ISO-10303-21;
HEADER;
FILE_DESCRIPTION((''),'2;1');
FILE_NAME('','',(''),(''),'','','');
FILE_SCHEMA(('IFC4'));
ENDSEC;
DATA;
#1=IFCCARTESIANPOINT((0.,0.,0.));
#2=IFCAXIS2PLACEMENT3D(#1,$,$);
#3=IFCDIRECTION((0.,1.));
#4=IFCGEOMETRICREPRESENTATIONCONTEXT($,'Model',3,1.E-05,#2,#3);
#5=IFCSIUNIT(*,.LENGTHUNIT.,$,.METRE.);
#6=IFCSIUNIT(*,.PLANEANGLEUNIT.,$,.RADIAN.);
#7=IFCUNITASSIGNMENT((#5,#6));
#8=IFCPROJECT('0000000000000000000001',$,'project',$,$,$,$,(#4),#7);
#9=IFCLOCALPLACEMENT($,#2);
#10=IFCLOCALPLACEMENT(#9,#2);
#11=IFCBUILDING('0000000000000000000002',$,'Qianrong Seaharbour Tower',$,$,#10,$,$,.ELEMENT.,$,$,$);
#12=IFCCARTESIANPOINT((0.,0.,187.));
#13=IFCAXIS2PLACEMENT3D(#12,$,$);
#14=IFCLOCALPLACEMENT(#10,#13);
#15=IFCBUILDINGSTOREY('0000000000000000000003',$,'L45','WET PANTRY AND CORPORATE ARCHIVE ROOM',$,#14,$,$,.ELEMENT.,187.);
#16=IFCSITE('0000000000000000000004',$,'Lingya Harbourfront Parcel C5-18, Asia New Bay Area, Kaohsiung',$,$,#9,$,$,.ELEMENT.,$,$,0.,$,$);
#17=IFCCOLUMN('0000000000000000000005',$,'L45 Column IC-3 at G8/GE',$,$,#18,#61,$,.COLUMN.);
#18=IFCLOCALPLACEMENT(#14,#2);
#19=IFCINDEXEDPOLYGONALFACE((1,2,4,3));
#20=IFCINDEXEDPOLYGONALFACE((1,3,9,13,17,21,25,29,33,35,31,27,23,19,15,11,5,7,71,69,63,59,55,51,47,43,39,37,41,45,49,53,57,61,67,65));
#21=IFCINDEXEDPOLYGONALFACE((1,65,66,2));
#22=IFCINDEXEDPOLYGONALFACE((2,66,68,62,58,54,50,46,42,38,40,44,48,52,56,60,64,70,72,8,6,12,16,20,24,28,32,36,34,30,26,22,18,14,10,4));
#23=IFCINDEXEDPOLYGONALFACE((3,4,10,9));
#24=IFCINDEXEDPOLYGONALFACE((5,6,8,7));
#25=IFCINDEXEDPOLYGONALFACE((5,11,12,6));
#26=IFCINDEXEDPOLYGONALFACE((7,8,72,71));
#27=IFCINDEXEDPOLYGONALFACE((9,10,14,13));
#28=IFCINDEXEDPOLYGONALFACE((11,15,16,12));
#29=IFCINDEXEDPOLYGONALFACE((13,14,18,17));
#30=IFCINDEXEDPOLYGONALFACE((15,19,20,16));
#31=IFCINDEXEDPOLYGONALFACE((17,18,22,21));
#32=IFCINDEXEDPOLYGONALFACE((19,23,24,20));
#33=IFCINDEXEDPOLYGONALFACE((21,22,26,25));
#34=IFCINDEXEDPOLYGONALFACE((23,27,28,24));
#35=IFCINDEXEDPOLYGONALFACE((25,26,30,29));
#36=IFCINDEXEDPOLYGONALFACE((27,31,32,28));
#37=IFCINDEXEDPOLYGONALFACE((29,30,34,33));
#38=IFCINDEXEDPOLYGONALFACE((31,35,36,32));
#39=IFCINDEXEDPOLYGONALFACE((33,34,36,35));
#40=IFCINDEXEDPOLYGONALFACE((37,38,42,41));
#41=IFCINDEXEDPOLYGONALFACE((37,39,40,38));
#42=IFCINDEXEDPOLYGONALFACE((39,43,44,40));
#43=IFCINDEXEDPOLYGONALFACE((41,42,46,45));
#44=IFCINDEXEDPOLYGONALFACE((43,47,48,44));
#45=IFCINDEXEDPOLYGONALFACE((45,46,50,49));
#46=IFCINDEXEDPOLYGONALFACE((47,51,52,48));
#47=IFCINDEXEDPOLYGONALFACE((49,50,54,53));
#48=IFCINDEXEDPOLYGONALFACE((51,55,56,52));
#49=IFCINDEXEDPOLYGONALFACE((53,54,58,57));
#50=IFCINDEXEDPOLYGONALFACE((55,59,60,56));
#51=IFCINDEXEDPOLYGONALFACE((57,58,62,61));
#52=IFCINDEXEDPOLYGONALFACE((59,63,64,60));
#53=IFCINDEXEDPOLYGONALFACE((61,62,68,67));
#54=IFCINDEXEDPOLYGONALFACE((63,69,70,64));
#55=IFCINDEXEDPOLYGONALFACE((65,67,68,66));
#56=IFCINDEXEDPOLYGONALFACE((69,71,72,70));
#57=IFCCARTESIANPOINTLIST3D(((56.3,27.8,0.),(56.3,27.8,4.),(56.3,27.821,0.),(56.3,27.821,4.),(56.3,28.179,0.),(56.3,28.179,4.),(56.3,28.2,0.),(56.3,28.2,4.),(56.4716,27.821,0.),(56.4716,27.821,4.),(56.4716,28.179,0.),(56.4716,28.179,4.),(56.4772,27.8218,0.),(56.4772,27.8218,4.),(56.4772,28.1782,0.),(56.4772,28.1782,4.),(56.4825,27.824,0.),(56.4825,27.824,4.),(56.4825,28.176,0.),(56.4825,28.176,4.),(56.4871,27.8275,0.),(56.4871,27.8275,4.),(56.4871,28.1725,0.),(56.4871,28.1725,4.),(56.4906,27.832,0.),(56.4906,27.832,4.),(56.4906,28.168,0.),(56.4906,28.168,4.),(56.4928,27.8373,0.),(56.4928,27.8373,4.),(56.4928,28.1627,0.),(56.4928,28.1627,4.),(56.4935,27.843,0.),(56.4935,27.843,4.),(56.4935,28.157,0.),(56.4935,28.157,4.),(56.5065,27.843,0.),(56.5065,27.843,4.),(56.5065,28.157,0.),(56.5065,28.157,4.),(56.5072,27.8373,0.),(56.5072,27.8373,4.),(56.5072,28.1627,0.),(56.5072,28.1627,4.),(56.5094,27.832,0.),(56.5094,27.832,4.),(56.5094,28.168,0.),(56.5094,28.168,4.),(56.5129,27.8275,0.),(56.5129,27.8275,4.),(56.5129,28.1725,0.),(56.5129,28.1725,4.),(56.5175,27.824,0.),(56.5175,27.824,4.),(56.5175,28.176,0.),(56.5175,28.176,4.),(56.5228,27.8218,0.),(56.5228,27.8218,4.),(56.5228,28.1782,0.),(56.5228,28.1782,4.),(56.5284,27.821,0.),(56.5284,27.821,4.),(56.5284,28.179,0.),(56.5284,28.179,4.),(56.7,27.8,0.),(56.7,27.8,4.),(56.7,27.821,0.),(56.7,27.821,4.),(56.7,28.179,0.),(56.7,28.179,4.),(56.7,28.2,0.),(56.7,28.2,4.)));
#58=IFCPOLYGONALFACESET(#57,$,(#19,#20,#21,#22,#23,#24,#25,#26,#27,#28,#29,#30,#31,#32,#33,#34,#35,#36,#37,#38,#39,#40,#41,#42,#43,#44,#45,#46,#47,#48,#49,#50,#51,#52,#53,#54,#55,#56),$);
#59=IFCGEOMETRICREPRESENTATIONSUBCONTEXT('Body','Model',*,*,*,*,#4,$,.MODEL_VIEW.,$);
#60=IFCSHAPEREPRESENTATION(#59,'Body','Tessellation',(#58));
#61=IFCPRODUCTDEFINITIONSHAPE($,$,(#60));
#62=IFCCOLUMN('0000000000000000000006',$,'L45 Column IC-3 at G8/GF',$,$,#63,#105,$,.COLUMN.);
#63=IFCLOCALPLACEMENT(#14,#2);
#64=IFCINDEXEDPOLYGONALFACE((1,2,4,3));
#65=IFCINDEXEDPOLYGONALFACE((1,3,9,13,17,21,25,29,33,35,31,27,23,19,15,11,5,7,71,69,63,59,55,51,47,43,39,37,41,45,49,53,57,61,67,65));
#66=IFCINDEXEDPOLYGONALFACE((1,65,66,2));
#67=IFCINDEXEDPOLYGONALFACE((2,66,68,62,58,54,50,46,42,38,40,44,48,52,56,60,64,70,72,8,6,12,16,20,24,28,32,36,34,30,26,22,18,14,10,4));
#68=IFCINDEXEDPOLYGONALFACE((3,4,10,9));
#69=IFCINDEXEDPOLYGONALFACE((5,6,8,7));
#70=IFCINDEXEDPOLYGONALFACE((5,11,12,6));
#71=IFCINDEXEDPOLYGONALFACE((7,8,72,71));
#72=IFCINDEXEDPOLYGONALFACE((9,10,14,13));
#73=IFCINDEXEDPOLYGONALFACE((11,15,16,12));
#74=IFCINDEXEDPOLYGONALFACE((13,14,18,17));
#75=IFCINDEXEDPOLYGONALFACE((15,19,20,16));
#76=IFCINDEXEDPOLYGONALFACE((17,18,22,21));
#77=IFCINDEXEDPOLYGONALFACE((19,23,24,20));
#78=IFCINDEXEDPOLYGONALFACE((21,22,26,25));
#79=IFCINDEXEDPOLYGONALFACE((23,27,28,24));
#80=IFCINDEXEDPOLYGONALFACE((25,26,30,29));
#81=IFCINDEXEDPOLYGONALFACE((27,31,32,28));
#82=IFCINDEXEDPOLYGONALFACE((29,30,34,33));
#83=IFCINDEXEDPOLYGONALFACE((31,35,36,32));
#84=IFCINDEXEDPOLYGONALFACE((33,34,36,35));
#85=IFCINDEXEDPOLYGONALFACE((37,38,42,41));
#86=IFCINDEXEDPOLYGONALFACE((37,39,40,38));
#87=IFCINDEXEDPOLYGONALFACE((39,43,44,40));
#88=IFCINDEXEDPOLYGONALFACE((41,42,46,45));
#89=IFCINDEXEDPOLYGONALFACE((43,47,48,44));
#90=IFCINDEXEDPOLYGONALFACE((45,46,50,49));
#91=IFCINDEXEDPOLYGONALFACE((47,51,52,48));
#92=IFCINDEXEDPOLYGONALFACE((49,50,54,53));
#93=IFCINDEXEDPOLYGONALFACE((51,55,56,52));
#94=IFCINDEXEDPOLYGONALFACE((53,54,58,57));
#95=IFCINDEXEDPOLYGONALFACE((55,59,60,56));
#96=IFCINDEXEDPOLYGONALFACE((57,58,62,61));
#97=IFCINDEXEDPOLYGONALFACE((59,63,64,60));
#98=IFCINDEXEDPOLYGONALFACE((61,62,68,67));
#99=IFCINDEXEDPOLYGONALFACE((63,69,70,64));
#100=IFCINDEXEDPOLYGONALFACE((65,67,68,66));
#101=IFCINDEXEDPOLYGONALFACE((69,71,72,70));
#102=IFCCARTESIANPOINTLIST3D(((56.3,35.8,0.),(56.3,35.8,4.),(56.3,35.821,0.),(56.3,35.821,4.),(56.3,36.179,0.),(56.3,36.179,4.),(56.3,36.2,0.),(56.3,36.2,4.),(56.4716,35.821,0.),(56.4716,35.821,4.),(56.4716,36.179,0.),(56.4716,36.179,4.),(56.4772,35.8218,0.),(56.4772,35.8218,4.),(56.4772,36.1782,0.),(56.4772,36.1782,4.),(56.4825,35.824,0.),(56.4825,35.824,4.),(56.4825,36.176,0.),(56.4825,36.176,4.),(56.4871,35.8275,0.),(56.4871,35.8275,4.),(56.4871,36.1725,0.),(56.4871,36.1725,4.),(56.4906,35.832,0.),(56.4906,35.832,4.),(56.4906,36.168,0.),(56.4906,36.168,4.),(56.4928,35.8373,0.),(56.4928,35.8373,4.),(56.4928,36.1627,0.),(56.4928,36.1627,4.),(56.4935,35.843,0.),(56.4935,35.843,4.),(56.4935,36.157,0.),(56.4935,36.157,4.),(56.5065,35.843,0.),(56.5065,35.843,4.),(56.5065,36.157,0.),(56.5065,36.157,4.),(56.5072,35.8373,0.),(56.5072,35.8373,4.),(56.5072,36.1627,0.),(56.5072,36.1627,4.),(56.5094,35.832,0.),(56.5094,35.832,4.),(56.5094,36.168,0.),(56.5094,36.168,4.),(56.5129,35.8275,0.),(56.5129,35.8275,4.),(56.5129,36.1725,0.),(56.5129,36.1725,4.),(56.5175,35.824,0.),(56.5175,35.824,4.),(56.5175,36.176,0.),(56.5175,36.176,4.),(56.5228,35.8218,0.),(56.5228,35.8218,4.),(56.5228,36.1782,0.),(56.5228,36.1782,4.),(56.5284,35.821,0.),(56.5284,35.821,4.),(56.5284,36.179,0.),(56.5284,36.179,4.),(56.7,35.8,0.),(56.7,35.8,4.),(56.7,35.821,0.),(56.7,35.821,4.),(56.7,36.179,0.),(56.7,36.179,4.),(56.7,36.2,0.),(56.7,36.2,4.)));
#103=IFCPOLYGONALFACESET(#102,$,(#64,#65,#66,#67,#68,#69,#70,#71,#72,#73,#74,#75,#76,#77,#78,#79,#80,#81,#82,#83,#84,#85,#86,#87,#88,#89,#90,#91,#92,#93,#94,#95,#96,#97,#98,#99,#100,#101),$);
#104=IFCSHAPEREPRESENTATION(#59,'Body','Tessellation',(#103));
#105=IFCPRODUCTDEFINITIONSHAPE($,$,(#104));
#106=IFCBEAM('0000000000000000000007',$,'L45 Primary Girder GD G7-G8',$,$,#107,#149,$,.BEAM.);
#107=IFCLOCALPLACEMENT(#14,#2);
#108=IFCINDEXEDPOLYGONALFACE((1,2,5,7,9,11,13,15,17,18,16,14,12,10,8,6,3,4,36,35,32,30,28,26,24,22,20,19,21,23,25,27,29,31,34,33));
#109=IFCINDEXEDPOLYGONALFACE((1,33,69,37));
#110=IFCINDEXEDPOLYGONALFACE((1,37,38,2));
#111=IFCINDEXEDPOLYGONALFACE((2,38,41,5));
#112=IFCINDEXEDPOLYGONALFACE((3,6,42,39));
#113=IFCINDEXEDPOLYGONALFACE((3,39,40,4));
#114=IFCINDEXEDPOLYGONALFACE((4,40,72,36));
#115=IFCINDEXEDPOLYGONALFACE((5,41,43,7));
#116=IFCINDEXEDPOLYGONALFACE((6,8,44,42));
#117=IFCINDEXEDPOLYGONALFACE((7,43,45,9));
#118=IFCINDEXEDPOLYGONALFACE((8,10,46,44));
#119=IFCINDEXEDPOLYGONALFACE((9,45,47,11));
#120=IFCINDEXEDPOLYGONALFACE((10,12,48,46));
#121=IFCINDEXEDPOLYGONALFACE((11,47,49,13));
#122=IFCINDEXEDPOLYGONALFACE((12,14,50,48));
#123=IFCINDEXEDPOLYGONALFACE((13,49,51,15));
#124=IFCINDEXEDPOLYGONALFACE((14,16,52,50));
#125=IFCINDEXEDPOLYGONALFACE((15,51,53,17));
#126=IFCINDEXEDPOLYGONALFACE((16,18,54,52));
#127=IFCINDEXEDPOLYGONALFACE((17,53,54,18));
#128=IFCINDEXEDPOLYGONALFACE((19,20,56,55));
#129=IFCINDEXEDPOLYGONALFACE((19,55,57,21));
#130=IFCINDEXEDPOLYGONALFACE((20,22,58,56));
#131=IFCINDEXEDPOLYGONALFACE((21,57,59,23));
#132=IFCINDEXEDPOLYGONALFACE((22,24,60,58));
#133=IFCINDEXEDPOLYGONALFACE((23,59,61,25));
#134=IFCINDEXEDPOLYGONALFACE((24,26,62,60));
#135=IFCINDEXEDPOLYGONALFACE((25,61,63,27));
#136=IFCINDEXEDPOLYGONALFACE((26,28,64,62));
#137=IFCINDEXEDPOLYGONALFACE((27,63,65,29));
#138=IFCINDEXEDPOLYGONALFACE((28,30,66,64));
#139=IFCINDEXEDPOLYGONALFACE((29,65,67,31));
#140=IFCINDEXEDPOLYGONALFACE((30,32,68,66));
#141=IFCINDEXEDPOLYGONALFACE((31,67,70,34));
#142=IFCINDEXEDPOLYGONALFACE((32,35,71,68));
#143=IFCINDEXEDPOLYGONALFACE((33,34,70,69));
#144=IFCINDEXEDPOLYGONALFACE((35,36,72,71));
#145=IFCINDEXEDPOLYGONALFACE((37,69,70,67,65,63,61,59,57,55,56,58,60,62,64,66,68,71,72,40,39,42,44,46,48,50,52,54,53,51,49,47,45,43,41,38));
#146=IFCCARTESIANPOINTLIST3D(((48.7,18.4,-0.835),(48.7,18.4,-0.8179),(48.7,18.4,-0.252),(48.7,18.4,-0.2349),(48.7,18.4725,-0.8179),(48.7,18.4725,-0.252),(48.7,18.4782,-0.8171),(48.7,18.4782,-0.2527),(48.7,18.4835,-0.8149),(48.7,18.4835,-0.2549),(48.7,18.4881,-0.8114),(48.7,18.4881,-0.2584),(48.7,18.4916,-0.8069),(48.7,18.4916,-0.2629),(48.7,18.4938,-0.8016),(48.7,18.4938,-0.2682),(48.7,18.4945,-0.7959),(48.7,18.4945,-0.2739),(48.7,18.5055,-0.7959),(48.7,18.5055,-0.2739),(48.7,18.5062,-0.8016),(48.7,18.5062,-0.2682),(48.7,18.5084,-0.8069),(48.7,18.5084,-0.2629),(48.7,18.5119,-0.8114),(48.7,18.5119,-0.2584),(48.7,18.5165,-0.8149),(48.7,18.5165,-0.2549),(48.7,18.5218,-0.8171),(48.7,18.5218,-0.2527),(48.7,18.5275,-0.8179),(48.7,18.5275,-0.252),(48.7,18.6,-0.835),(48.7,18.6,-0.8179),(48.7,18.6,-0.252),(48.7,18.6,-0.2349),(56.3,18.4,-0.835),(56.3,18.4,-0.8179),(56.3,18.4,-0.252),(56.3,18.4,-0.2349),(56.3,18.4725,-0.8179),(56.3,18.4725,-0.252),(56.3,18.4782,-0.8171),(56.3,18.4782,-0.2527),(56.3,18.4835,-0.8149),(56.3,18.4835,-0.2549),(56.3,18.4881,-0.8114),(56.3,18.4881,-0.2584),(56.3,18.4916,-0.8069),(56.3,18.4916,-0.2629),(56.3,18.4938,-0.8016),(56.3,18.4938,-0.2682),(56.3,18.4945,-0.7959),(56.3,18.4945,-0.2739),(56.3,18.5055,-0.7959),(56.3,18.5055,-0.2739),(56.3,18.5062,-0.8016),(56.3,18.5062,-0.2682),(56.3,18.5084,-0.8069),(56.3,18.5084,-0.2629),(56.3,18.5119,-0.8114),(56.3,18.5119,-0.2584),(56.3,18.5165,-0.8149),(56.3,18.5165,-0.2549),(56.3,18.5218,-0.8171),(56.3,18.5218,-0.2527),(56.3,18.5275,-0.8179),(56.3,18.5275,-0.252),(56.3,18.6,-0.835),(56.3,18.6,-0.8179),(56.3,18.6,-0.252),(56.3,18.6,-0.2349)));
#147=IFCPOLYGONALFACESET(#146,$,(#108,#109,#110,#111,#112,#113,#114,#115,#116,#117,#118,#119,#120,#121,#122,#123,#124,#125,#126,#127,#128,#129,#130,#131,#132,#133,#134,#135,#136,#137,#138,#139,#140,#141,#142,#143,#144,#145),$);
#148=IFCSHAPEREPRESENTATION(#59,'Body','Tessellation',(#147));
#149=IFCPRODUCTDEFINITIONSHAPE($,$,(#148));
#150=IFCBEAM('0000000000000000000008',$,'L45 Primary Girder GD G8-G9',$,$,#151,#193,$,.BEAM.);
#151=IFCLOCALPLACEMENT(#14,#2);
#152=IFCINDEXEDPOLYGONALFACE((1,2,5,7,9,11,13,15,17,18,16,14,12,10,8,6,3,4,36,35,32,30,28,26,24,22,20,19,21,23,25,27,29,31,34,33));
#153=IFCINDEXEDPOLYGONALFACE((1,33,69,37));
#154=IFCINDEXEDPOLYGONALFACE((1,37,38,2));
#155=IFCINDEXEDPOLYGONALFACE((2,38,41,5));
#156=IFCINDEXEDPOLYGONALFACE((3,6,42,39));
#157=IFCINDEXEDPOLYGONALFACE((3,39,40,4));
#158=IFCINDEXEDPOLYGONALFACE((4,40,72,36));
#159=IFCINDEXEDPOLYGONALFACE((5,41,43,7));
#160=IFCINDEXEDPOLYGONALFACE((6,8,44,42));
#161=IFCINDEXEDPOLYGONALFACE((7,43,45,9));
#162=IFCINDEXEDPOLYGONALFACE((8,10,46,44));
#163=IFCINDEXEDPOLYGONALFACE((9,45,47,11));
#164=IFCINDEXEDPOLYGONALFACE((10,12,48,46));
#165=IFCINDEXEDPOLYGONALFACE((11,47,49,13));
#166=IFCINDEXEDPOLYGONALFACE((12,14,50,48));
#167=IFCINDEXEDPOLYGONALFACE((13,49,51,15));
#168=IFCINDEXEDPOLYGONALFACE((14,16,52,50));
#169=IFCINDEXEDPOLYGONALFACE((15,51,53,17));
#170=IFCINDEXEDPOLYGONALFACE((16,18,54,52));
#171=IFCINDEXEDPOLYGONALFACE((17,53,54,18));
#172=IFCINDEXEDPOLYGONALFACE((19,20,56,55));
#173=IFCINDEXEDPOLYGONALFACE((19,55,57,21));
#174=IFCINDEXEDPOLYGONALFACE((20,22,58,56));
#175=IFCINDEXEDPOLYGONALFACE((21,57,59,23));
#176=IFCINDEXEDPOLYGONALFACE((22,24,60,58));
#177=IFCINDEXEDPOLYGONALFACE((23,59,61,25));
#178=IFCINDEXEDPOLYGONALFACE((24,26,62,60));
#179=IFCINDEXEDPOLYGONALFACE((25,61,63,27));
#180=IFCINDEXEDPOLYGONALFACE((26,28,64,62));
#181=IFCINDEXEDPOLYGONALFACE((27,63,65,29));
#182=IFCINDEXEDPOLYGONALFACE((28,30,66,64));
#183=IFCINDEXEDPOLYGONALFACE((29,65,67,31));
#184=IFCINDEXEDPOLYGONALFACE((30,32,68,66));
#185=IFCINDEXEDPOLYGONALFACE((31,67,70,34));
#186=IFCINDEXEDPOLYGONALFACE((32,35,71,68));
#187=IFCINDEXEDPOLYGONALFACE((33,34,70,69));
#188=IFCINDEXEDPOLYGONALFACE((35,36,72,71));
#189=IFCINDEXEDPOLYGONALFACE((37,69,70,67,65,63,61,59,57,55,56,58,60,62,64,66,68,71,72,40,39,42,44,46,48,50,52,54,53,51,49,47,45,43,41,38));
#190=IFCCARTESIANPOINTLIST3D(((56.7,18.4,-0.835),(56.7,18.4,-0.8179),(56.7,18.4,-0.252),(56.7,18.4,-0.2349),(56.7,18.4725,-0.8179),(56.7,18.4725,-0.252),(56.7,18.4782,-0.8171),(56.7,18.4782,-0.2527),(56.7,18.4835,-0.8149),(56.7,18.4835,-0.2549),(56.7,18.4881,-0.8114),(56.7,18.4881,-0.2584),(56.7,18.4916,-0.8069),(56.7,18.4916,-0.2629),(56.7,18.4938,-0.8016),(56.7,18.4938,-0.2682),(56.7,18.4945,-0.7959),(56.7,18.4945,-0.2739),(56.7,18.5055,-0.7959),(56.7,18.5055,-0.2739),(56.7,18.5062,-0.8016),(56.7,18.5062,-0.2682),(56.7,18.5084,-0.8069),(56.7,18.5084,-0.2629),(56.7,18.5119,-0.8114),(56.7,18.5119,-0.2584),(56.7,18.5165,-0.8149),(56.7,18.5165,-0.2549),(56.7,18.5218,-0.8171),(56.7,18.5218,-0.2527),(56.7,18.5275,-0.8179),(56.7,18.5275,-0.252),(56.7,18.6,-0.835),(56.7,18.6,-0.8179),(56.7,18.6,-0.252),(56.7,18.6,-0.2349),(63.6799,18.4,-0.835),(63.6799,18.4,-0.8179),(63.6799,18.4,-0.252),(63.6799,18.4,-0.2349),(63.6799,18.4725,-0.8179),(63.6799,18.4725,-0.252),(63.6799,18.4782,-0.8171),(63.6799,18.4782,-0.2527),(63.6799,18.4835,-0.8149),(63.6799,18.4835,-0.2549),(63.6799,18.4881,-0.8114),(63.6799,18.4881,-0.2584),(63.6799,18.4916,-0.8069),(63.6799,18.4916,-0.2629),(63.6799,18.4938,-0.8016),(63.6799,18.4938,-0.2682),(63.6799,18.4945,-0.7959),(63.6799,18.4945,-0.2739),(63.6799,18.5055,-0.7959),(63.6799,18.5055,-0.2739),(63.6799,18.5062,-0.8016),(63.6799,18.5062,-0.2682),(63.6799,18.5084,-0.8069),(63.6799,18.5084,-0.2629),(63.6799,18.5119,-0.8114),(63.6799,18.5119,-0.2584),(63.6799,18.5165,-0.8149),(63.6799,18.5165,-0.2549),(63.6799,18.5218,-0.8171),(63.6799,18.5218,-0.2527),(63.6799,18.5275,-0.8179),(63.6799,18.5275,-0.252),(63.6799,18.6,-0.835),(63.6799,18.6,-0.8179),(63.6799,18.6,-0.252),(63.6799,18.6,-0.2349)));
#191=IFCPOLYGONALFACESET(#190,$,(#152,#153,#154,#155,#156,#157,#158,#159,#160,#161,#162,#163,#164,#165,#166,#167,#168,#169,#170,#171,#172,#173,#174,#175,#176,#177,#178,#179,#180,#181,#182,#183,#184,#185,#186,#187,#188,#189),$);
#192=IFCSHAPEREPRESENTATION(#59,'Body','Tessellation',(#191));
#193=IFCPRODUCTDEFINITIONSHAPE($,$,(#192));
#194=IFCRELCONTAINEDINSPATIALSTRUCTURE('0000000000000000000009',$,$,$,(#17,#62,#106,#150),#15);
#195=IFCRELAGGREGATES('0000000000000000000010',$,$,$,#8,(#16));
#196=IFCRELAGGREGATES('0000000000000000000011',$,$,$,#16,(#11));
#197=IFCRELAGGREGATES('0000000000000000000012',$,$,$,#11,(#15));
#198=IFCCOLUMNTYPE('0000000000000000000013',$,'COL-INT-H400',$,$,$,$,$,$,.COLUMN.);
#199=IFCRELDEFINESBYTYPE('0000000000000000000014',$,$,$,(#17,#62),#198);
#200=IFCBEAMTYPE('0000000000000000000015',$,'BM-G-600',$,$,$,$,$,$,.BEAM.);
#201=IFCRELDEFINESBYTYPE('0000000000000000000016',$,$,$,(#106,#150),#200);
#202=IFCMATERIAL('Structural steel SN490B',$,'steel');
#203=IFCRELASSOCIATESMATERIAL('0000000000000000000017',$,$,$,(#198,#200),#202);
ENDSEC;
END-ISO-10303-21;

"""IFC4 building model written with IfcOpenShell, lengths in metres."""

from ifc_helpers import new_model, si_unit, direction, frame, origin, origin_2d, place, context, subcontext, project, spatial, i_section, extrude, material, material_profile, profile_set, type_object, element, save


model = new_model("IFC4")

# Units and contexts
model_context = context("Model", 3, precision=1e-05, world=origin(), true_north=direction((0.0, 1.0)))
body_context = subcontext(model_context, "Body", "Model", "MODEL_VIEW")
ifc_project = project(units=[si_unit("LENGTHUNIT", "METRE"), si_unit("PLANEANGLEUNIT", "RADIAN")], contexts=[model_context])

# Site, building, storey
site_placement = place(None, origin())
site = spatial("IfcSite", under=ifc_project, at=site_placement, Name="Lingya Harbourfront Parcel C5-18, Asia New Bay Area, Kaohsiung", CompositionType="ELEMENT", RefElevation=0.0)
building_placement = place(site_placement, origin())
building = spatial("IfcBuilding", under=site, at=building_placement, Name="Qianrong Seaharbour Tower", CompositionType="ELEMENT")
storey_placement = place(building_placement, frame((0.0, 0.0, 187.0)))
storey = spatial("IfcBuildingStorey", under=building, at=storey_placement, Name="L45", Description="WET PANTRY AND CORPORATE ARCHIVE ROOM", CompositionType="ELEMENT", Elevation=187.0)

# Columns
ifc_material_1 = material(Name="Structural steel SN490B", Category="steel")
ifc_material_profile_1 = material_profile(ifc_material_1, i_section(OverallWidth=0.3999, OverallDepth=0.3999, WebThickness=0.0129, FlangeThickness=0.021, FilletRadius=0.022, at=origin_2d()), Name="H400x400x13x21")
ifc_profile_set_1 = profile_set([ifc_material_profile_1], Name="Structural steel SN490B")
column_type_1 = type_object("IfcColumnType", Name="COL-INT-H400", PredefinedType="COLUMN", material=ifc_profile_set_1)
for number, where, z_axis, x_axis, name in (
    (1, (56.5, 28.0, 0.0), (0.0, 0.0, 1.0), (1.0, 0.0, 0.0), "L45 Column IC-3 at G8/GE"),
    (2, (56.5, 36.0, 0.0), (0.0, 0.0, 1.0), (1.0, 0.0, 0.0), "L45 Column IC-3 at G8/GF"),
):
    element("IfcColumn", number, at=place(storey_placement, frame(where, z_axis=z_axis, x_axis=x_axis)), inside=storey, type_object=column_type_1, Name=name, PredefinedType="COLUMN", context=body_context, shape_type="SweptSolid", body=[
        extrude(i_section(OverallWidth=0.3999, OverallDepth=0.3999, WebThickness=0.0129, FlangeThickness=0.021, FilletRadius=0.022, at=origin_2d()), origin(), (0.0, 0.0, 1.0), 4.0),
    ])

# Beams
ifc_material_profile_2 = material_profile(ifc_material_1, i_section(OverallWidth=0.2, OverallDepth=0.6001, WebThickness=0.011, FlangeThickness=0.0171, FilletRadius=0.022, at=origin_2d()), Name="H600x200x11x17")
ifc_profile_set_2 = profile_set([ifc_material_profile_2], Name="Structural steel SN490B")
beam_type_1 = type_object("IfcBeamType", Name="BM-G-600", PredefinedType="BEAM", material=ifc_profile_set_2)
beam_1_placement = place(storey_placement, frame((48.7, 18.5, -0.5349), z_axis=(1.0, 0.0, 0.0), x_axis=(0.0, 1.0, 0.0)))
element("IfcBeam", 3, at=beam_1_placement, inside=storey, type_object=beam_type_1, Name="L45 Primary Girder GD G7-G8", PredefinedType="BEAM", context=body_context, shape_type="SweptSolid", body=[
    extrude(i_section(OverallWidth=0.2, OverallDepth=0.6001, WebThickness=0.011, FlangeThickness=0.0171, FilletRadius=0.022, at=origin_2d()), origin(), (0.0, 0.0, 1.0), 7.6001),
])
beam_2_placement = place(storey_placement, frame((56.7, 18.5, -0.5349), z_axis=(1.0, 0.0, 0.0), x_axis=(0.0, 1.0, 0.0)))
element("IfcBeam", 4, at=beam_2_placement, inside=storey, type_object=beam_type_1, Name="L45 Primary Girder GD G8-G9", PredefinedType="BEAM", context=body_context, shape_type="SweptSolid", body=[
    extrude(i_section(OverallWidth=0.2, OverallDepth=0.6001, WebThickness=0.011, FlangeThickness=0.0171, FilletRadius=0.022, at=origin_2d()), origin(), (0.0, 0.0, 1.0), 6.98),
])

save(model, "model.ifc")
